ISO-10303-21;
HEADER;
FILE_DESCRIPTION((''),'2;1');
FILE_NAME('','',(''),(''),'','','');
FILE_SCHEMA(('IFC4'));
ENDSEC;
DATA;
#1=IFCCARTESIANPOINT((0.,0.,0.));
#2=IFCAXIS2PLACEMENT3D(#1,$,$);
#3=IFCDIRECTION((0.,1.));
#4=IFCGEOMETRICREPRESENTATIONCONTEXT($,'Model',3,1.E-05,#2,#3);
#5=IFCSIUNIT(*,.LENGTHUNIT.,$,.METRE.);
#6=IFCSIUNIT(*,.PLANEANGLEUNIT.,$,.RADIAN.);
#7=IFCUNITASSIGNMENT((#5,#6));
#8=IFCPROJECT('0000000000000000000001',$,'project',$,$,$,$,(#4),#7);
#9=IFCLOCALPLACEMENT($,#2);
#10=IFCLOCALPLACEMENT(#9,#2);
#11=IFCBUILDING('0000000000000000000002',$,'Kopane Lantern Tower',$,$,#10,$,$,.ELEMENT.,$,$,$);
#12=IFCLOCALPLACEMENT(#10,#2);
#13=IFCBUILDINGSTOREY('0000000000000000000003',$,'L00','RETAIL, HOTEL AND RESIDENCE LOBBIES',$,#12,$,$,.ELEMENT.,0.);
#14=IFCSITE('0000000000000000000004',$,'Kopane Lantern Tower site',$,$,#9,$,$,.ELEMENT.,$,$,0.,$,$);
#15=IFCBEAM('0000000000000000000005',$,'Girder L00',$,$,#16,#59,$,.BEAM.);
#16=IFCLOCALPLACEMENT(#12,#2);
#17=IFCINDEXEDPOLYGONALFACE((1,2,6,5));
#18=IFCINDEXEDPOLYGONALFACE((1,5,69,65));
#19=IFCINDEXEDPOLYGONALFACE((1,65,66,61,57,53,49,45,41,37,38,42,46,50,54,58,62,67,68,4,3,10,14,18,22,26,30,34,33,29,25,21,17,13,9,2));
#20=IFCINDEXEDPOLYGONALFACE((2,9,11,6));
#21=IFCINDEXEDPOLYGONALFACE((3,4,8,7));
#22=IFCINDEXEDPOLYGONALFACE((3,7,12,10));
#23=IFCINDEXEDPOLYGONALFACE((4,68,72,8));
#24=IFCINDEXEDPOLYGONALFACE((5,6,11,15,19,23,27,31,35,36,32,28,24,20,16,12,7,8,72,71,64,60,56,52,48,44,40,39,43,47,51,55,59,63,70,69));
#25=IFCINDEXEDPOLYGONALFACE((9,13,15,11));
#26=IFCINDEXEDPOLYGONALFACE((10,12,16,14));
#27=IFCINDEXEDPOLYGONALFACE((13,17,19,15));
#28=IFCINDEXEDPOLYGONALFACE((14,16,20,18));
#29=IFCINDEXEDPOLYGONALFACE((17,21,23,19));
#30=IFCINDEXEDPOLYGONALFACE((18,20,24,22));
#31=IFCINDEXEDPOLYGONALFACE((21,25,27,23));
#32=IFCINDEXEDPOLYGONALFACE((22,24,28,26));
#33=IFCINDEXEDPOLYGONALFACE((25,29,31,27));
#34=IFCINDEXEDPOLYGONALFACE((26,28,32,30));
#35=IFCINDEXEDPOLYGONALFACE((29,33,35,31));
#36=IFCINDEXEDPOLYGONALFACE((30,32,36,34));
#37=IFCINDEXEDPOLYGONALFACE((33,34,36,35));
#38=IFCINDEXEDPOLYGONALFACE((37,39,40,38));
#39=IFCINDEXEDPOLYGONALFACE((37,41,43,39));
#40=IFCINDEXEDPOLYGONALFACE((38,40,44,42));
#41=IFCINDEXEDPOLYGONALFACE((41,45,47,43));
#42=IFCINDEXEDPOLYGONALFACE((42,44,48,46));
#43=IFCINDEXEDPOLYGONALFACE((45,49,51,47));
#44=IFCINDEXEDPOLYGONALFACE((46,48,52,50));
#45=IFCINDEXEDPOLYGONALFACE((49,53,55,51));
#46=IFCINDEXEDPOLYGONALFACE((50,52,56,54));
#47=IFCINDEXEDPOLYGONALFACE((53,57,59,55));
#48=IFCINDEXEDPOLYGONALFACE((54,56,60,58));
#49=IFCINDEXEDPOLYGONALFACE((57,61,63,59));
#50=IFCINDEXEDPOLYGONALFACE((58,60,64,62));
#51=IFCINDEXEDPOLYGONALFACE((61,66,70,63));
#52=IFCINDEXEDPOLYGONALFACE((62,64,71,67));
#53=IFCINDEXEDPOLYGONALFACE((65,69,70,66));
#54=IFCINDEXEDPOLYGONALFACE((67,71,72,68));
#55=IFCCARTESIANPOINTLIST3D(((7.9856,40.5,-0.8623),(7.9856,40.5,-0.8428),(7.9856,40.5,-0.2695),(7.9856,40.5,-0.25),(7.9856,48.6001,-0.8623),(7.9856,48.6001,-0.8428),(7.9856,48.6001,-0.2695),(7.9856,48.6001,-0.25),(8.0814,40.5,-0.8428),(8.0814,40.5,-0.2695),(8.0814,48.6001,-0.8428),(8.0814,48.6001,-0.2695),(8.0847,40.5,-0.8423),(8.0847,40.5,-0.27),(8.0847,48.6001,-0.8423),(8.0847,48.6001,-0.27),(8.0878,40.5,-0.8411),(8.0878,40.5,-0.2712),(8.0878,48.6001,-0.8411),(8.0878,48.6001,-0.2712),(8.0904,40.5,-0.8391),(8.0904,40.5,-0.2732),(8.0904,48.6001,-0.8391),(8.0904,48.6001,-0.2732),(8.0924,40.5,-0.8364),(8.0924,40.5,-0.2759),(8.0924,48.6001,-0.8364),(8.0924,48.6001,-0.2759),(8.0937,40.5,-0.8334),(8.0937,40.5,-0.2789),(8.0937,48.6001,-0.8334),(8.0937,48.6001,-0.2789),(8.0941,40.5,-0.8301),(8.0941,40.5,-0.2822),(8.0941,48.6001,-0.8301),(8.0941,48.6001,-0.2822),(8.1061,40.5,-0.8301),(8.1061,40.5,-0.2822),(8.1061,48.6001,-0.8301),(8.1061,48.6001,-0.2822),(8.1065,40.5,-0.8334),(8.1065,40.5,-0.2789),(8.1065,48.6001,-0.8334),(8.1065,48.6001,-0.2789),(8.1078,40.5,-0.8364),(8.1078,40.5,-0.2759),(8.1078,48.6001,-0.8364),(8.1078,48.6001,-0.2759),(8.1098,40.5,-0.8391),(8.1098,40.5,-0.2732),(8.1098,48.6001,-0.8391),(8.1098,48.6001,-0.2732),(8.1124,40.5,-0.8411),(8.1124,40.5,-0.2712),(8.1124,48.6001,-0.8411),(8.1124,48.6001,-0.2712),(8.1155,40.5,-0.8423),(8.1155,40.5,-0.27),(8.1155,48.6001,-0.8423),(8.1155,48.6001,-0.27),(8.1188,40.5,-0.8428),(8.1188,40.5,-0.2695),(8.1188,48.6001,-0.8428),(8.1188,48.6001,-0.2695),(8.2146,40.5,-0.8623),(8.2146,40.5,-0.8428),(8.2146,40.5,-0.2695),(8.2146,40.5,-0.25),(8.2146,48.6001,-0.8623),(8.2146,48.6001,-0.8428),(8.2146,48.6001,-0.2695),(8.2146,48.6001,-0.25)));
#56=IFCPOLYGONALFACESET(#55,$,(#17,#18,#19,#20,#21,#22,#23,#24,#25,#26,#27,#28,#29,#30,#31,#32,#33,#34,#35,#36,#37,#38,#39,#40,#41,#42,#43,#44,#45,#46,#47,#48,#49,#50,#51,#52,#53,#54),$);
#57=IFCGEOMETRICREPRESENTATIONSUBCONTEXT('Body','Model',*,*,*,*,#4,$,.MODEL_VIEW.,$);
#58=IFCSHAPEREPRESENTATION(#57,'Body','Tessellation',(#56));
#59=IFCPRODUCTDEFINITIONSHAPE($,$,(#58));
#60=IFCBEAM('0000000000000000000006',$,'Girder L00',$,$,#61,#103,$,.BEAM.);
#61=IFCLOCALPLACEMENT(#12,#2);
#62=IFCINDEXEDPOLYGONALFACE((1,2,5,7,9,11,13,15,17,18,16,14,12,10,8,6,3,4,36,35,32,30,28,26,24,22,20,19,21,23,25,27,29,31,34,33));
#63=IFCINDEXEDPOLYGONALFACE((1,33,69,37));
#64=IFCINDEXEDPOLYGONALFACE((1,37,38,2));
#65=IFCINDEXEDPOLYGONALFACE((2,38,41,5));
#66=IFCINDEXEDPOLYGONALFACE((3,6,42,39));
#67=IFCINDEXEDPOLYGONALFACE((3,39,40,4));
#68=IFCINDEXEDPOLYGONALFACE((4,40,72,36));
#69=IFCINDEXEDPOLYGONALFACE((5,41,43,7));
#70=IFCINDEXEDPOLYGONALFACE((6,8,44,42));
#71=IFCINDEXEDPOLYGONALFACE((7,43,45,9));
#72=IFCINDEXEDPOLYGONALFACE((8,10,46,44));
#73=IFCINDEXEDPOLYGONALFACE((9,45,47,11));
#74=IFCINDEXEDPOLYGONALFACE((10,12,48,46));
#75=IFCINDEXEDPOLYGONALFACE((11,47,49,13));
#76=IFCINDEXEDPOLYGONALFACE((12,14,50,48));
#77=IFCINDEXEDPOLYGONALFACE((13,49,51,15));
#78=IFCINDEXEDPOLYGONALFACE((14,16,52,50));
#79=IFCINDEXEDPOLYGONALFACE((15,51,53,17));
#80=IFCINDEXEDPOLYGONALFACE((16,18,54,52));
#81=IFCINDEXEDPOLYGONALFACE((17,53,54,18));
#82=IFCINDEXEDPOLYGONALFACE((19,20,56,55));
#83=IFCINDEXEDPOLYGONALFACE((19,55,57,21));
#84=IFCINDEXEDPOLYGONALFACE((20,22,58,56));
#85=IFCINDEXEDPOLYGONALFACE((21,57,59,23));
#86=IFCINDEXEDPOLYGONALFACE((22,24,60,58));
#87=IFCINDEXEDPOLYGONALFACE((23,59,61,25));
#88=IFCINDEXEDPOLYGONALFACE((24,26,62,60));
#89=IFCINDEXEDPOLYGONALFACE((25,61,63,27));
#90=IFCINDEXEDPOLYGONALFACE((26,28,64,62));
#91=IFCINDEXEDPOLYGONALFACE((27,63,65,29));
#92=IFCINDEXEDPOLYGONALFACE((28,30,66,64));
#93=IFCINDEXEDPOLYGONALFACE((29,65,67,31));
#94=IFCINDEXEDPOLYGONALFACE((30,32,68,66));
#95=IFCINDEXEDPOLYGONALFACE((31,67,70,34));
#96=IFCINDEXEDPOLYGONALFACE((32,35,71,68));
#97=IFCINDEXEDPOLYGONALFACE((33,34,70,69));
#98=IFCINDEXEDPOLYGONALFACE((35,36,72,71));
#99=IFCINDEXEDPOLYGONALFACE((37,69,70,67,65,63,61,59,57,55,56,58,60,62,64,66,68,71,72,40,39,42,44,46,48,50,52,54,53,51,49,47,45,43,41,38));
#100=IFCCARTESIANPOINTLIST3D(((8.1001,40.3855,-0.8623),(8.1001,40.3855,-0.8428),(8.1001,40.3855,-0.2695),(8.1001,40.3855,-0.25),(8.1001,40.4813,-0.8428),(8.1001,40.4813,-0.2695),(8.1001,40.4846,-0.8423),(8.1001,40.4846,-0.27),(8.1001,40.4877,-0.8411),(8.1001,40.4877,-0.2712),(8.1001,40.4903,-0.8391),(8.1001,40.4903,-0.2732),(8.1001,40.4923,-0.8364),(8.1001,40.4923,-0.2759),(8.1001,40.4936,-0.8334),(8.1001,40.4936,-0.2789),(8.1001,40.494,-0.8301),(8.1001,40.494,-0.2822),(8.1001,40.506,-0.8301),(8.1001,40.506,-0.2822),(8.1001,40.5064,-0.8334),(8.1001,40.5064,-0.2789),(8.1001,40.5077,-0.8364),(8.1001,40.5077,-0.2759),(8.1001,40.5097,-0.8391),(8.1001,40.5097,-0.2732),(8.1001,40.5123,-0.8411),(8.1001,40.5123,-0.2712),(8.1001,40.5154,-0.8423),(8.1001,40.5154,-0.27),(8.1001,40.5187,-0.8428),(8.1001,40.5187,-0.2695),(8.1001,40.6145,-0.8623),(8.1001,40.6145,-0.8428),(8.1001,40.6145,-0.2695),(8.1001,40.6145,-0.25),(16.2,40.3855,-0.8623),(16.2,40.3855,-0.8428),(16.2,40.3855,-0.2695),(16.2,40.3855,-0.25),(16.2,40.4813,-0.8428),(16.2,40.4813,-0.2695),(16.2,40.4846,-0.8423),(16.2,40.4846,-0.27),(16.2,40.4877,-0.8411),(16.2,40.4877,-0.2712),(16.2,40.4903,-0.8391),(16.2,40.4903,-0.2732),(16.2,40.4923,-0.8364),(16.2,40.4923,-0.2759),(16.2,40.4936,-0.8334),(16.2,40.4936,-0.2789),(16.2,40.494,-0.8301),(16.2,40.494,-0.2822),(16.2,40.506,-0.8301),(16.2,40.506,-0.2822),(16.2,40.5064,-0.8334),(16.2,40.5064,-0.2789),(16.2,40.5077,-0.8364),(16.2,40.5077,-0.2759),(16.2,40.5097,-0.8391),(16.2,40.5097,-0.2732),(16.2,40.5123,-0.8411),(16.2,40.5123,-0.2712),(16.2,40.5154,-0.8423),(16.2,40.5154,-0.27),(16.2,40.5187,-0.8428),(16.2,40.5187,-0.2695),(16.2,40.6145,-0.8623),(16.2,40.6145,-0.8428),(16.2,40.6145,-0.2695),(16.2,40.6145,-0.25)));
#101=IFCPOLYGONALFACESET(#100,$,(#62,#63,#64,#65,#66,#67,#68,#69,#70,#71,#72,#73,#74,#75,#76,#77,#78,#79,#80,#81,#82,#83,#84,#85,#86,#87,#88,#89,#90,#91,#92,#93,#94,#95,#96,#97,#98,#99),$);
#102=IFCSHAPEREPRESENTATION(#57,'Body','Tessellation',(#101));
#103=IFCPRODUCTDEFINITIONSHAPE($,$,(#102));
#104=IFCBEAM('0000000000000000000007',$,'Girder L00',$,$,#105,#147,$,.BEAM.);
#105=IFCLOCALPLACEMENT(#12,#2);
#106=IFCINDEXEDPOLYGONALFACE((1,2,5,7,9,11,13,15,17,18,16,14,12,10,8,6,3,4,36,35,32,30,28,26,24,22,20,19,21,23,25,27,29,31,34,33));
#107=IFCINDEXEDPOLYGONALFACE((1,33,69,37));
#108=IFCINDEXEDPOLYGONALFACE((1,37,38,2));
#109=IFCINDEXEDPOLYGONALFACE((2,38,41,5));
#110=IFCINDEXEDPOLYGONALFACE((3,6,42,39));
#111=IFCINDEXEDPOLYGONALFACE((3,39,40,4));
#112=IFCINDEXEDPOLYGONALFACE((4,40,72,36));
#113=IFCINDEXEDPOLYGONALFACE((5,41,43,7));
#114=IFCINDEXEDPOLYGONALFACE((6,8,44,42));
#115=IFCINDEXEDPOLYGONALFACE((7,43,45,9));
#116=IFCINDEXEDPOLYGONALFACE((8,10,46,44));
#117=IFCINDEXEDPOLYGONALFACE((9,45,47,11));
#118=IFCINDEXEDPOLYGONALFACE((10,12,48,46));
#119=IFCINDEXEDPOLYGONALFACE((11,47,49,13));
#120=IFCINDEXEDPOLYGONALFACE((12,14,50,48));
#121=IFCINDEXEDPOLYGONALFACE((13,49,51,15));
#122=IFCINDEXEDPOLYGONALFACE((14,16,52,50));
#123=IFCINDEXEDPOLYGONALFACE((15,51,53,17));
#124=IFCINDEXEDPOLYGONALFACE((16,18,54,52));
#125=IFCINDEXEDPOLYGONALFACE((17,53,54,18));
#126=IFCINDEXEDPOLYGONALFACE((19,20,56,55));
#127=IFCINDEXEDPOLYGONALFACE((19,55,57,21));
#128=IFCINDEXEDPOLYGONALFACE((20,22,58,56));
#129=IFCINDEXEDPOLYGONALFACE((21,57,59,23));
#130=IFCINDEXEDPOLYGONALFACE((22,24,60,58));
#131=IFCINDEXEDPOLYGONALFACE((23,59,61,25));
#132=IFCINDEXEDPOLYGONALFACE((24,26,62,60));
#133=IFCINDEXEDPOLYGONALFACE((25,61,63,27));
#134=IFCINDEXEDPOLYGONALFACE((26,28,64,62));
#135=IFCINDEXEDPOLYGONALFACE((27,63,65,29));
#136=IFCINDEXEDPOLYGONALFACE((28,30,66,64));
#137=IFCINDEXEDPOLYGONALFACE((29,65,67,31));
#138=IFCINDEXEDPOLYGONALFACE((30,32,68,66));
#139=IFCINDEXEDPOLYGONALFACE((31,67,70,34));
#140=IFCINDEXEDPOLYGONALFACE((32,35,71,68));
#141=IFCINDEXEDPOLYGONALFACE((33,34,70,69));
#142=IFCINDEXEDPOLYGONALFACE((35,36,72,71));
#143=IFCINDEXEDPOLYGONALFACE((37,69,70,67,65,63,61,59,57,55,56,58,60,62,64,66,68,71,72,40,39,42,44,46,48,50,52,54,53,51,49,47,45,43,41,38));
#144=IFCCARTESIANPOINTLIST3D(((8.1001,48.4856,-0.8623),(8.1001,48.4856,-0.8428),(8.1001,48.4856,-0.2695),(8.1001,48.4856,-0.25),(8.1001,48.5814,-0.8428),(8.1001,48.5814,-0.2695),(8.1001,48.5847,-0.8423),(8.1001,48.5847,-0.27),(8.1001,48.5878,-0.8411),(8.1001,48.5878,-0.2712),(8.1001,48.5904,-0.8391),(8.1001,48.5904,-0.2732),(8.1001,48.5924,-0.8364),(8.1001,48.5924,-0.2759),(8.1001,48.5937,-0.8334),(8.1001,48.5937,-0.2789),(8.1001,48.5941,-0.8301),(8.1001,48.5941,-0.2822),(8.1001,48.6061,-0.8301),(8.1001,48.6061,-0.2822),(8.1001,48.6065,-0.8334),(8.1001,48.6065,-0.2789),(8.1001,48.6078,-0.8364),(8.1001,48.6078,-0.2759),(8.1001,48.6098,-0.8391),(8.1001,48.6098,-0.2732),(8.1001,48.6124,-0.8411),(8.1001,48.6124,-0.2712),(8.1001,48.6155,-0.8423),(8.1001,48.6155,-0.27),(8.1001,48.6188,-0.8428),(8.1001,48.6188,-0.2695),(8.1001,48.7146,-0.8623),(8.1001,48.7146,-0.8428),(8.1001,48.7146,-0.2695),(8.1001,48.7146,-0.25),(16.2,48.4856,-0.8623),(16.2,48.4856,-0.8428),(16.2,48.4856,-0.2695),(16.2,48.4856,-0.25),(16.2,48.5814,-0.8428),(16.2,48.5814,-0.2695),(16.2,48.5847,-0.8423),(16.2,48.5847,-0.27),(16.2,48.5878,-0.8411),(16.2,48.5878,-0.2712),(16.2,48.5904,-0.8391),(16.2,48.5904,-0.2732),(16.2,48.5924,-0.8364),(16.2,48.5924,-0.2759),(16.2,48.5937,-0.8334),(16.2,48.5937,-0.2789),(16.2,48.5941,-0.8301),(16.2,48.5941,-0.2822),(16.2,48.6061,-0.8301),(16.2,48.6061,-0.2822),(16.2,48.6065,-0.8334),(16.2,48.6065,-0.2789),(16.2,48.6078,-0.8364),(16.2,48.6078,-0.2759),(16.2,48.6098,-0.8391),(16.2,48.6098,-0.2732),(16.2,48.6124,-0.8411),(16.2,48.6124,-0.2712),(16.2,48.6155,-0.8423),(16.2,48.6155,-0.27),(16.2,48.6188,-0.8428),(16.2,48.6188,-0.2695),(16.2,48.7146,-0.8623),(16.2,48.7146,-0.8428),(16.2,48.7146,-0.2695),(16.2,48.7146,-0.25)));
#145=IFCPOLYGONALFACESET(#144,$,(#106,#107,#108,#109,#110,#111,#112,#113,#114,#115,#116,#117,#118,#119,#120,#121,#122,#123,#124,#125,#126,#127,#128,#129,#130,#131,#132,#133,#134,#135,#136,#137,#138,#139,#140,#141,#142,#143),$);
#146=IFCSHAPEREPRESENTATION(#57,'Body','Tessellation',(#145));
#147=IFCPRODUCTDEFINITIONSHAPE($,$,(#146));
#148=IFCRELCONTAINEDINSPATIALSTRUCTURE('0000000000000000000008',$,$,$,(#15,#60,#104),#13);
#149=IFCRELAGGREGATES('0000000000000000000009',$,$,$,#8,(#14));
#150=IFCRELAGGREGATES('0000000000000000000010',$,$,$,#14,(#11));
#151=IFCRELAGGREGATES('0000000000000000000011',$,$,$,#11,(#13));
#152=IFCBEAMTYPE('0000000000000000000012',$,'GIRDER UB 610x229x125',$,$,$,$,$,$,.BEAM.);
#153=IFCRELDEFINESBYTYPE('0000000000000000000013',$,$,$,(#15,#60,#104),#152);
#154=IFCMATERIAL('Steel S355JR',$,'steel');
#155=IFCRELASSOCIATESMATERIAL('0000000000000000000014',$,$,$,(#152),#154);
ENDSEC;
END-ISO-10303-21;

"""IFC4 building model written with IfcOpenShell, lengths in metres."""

from ifc_helpers import new_model, si_unit, direction, frame, origin, origin_2d, place, context, subcontext, project, spatial, i_section, extrude, material, material_profile, profile_set, type_object, element, save


model = new_model("IFC4")

# Units and contexts
model_context = context("Model", 3, precision=1e-05, world=origin(), true_north=direction((0.0, 1.0)))
body_context = subcontext(model_context, "Body", "Model", "MODEL_VIEW")
ifc_project = project(units=[si_unit("LENGTHUNIT", "METRE"), si_unit("PLANEANGLEUNIT", "RADIAN")], contexts=[model_context])

# Site, building, storey
site_placement = place(None, origin())
site = spatial("IfcSite", under=ifc_project, at=site_placement, Name="Kopane Lantern Tower site", CompositionType="ELEMENT", RefElevation=0.0)
building_placement = place(site_placement, origin())
building = spatial("IfcBuilding", under=site, at=building_placement, Name="Kopane Lantern Tower", CompositionType="ELEMENT")
storey_placement = place(building_placement, origin())
storey = spatial("IfcBuildingStorey", under=building, at=storey_placement, Name="L00", Description="RETAIL, HOTEL AND RESIDENCE LOBBIES", CompositionType="ELEMENT", Elevation=0.0)

# Beams
ifc_material_1 = material(Name="Steel S355JR", Category="steel")
ifc_material_profile_1 = material_profile(ifc_material_1, i_section(OverallWidth=0.229, OverallDepth=0.6123, WebThickness=0.012, FlangeThickness=0.0195, FilletRadius=0.0127, at=origin_2d()), Name="UB 610x229x125")
ifc_profile_set_1 = profile_set([ifc_material_profile_1], Name="Steel S355JR")
beam_type = type_object("IfcBeamType", Name="GIRDER UB 610x229x125", PredefinedType="BEAM", material=ifc_profile_set_1)
beam_1_placement = place(storey_placement, frame((8.1001, 40.5, -0.5562), z_axis=(0.0, 1.0, 0.0), x_axis=(-1.0, 0.0, 0.0)))
element("IfcBeam", 1, at=beam_1_placement, inside=storey, type_object=beam_type, Name="Girder L00", PredefinedType="BEAM", context=body_context, shape_type="SweptSolid", body=[
    extrude(i_section(OverallWidth=0.229, OverallDepth=0.6123, WebThickness=0.012, FlangeThickness=0.0195, FilletRadius=0.0127, at=origin_2d()), origin(), (0.0, 0.0, 1.0), 8.1001),
])
for number, where, z_axis, x_axis, name in (
    (2, (8.1001, 40.5, -0.5562), (1.0, 0.0, 0.0), (0.0, 1.0, 0.0), "Girder L00"),
    (3, (8.1001, 48.6001, -0.5562), (1.0, 0.0, 0.0), (0.0, 1.0, 0.0), "Girder L00"),
):
    element("IfcBeam", number, at=place(storey_placement, frame(where, z_axis=z_axis, x_axis=x_axis)), inside=storey, type_object=beam_type, Name=name, PredefinedType="BEAM", context=body_context, shape_type="SweptSolid", body=[
        extrude(i_section(OverallWidth=0.229, OverallDepth=0.6123, WebThickness=0.012, FlangeThickness=0.0195, FilletRadius=0.0127, at=origin_2d()), origin(), (0.0, 0.0, 1.0), 8.0999),
    ])

save(model, "model.ifc")
